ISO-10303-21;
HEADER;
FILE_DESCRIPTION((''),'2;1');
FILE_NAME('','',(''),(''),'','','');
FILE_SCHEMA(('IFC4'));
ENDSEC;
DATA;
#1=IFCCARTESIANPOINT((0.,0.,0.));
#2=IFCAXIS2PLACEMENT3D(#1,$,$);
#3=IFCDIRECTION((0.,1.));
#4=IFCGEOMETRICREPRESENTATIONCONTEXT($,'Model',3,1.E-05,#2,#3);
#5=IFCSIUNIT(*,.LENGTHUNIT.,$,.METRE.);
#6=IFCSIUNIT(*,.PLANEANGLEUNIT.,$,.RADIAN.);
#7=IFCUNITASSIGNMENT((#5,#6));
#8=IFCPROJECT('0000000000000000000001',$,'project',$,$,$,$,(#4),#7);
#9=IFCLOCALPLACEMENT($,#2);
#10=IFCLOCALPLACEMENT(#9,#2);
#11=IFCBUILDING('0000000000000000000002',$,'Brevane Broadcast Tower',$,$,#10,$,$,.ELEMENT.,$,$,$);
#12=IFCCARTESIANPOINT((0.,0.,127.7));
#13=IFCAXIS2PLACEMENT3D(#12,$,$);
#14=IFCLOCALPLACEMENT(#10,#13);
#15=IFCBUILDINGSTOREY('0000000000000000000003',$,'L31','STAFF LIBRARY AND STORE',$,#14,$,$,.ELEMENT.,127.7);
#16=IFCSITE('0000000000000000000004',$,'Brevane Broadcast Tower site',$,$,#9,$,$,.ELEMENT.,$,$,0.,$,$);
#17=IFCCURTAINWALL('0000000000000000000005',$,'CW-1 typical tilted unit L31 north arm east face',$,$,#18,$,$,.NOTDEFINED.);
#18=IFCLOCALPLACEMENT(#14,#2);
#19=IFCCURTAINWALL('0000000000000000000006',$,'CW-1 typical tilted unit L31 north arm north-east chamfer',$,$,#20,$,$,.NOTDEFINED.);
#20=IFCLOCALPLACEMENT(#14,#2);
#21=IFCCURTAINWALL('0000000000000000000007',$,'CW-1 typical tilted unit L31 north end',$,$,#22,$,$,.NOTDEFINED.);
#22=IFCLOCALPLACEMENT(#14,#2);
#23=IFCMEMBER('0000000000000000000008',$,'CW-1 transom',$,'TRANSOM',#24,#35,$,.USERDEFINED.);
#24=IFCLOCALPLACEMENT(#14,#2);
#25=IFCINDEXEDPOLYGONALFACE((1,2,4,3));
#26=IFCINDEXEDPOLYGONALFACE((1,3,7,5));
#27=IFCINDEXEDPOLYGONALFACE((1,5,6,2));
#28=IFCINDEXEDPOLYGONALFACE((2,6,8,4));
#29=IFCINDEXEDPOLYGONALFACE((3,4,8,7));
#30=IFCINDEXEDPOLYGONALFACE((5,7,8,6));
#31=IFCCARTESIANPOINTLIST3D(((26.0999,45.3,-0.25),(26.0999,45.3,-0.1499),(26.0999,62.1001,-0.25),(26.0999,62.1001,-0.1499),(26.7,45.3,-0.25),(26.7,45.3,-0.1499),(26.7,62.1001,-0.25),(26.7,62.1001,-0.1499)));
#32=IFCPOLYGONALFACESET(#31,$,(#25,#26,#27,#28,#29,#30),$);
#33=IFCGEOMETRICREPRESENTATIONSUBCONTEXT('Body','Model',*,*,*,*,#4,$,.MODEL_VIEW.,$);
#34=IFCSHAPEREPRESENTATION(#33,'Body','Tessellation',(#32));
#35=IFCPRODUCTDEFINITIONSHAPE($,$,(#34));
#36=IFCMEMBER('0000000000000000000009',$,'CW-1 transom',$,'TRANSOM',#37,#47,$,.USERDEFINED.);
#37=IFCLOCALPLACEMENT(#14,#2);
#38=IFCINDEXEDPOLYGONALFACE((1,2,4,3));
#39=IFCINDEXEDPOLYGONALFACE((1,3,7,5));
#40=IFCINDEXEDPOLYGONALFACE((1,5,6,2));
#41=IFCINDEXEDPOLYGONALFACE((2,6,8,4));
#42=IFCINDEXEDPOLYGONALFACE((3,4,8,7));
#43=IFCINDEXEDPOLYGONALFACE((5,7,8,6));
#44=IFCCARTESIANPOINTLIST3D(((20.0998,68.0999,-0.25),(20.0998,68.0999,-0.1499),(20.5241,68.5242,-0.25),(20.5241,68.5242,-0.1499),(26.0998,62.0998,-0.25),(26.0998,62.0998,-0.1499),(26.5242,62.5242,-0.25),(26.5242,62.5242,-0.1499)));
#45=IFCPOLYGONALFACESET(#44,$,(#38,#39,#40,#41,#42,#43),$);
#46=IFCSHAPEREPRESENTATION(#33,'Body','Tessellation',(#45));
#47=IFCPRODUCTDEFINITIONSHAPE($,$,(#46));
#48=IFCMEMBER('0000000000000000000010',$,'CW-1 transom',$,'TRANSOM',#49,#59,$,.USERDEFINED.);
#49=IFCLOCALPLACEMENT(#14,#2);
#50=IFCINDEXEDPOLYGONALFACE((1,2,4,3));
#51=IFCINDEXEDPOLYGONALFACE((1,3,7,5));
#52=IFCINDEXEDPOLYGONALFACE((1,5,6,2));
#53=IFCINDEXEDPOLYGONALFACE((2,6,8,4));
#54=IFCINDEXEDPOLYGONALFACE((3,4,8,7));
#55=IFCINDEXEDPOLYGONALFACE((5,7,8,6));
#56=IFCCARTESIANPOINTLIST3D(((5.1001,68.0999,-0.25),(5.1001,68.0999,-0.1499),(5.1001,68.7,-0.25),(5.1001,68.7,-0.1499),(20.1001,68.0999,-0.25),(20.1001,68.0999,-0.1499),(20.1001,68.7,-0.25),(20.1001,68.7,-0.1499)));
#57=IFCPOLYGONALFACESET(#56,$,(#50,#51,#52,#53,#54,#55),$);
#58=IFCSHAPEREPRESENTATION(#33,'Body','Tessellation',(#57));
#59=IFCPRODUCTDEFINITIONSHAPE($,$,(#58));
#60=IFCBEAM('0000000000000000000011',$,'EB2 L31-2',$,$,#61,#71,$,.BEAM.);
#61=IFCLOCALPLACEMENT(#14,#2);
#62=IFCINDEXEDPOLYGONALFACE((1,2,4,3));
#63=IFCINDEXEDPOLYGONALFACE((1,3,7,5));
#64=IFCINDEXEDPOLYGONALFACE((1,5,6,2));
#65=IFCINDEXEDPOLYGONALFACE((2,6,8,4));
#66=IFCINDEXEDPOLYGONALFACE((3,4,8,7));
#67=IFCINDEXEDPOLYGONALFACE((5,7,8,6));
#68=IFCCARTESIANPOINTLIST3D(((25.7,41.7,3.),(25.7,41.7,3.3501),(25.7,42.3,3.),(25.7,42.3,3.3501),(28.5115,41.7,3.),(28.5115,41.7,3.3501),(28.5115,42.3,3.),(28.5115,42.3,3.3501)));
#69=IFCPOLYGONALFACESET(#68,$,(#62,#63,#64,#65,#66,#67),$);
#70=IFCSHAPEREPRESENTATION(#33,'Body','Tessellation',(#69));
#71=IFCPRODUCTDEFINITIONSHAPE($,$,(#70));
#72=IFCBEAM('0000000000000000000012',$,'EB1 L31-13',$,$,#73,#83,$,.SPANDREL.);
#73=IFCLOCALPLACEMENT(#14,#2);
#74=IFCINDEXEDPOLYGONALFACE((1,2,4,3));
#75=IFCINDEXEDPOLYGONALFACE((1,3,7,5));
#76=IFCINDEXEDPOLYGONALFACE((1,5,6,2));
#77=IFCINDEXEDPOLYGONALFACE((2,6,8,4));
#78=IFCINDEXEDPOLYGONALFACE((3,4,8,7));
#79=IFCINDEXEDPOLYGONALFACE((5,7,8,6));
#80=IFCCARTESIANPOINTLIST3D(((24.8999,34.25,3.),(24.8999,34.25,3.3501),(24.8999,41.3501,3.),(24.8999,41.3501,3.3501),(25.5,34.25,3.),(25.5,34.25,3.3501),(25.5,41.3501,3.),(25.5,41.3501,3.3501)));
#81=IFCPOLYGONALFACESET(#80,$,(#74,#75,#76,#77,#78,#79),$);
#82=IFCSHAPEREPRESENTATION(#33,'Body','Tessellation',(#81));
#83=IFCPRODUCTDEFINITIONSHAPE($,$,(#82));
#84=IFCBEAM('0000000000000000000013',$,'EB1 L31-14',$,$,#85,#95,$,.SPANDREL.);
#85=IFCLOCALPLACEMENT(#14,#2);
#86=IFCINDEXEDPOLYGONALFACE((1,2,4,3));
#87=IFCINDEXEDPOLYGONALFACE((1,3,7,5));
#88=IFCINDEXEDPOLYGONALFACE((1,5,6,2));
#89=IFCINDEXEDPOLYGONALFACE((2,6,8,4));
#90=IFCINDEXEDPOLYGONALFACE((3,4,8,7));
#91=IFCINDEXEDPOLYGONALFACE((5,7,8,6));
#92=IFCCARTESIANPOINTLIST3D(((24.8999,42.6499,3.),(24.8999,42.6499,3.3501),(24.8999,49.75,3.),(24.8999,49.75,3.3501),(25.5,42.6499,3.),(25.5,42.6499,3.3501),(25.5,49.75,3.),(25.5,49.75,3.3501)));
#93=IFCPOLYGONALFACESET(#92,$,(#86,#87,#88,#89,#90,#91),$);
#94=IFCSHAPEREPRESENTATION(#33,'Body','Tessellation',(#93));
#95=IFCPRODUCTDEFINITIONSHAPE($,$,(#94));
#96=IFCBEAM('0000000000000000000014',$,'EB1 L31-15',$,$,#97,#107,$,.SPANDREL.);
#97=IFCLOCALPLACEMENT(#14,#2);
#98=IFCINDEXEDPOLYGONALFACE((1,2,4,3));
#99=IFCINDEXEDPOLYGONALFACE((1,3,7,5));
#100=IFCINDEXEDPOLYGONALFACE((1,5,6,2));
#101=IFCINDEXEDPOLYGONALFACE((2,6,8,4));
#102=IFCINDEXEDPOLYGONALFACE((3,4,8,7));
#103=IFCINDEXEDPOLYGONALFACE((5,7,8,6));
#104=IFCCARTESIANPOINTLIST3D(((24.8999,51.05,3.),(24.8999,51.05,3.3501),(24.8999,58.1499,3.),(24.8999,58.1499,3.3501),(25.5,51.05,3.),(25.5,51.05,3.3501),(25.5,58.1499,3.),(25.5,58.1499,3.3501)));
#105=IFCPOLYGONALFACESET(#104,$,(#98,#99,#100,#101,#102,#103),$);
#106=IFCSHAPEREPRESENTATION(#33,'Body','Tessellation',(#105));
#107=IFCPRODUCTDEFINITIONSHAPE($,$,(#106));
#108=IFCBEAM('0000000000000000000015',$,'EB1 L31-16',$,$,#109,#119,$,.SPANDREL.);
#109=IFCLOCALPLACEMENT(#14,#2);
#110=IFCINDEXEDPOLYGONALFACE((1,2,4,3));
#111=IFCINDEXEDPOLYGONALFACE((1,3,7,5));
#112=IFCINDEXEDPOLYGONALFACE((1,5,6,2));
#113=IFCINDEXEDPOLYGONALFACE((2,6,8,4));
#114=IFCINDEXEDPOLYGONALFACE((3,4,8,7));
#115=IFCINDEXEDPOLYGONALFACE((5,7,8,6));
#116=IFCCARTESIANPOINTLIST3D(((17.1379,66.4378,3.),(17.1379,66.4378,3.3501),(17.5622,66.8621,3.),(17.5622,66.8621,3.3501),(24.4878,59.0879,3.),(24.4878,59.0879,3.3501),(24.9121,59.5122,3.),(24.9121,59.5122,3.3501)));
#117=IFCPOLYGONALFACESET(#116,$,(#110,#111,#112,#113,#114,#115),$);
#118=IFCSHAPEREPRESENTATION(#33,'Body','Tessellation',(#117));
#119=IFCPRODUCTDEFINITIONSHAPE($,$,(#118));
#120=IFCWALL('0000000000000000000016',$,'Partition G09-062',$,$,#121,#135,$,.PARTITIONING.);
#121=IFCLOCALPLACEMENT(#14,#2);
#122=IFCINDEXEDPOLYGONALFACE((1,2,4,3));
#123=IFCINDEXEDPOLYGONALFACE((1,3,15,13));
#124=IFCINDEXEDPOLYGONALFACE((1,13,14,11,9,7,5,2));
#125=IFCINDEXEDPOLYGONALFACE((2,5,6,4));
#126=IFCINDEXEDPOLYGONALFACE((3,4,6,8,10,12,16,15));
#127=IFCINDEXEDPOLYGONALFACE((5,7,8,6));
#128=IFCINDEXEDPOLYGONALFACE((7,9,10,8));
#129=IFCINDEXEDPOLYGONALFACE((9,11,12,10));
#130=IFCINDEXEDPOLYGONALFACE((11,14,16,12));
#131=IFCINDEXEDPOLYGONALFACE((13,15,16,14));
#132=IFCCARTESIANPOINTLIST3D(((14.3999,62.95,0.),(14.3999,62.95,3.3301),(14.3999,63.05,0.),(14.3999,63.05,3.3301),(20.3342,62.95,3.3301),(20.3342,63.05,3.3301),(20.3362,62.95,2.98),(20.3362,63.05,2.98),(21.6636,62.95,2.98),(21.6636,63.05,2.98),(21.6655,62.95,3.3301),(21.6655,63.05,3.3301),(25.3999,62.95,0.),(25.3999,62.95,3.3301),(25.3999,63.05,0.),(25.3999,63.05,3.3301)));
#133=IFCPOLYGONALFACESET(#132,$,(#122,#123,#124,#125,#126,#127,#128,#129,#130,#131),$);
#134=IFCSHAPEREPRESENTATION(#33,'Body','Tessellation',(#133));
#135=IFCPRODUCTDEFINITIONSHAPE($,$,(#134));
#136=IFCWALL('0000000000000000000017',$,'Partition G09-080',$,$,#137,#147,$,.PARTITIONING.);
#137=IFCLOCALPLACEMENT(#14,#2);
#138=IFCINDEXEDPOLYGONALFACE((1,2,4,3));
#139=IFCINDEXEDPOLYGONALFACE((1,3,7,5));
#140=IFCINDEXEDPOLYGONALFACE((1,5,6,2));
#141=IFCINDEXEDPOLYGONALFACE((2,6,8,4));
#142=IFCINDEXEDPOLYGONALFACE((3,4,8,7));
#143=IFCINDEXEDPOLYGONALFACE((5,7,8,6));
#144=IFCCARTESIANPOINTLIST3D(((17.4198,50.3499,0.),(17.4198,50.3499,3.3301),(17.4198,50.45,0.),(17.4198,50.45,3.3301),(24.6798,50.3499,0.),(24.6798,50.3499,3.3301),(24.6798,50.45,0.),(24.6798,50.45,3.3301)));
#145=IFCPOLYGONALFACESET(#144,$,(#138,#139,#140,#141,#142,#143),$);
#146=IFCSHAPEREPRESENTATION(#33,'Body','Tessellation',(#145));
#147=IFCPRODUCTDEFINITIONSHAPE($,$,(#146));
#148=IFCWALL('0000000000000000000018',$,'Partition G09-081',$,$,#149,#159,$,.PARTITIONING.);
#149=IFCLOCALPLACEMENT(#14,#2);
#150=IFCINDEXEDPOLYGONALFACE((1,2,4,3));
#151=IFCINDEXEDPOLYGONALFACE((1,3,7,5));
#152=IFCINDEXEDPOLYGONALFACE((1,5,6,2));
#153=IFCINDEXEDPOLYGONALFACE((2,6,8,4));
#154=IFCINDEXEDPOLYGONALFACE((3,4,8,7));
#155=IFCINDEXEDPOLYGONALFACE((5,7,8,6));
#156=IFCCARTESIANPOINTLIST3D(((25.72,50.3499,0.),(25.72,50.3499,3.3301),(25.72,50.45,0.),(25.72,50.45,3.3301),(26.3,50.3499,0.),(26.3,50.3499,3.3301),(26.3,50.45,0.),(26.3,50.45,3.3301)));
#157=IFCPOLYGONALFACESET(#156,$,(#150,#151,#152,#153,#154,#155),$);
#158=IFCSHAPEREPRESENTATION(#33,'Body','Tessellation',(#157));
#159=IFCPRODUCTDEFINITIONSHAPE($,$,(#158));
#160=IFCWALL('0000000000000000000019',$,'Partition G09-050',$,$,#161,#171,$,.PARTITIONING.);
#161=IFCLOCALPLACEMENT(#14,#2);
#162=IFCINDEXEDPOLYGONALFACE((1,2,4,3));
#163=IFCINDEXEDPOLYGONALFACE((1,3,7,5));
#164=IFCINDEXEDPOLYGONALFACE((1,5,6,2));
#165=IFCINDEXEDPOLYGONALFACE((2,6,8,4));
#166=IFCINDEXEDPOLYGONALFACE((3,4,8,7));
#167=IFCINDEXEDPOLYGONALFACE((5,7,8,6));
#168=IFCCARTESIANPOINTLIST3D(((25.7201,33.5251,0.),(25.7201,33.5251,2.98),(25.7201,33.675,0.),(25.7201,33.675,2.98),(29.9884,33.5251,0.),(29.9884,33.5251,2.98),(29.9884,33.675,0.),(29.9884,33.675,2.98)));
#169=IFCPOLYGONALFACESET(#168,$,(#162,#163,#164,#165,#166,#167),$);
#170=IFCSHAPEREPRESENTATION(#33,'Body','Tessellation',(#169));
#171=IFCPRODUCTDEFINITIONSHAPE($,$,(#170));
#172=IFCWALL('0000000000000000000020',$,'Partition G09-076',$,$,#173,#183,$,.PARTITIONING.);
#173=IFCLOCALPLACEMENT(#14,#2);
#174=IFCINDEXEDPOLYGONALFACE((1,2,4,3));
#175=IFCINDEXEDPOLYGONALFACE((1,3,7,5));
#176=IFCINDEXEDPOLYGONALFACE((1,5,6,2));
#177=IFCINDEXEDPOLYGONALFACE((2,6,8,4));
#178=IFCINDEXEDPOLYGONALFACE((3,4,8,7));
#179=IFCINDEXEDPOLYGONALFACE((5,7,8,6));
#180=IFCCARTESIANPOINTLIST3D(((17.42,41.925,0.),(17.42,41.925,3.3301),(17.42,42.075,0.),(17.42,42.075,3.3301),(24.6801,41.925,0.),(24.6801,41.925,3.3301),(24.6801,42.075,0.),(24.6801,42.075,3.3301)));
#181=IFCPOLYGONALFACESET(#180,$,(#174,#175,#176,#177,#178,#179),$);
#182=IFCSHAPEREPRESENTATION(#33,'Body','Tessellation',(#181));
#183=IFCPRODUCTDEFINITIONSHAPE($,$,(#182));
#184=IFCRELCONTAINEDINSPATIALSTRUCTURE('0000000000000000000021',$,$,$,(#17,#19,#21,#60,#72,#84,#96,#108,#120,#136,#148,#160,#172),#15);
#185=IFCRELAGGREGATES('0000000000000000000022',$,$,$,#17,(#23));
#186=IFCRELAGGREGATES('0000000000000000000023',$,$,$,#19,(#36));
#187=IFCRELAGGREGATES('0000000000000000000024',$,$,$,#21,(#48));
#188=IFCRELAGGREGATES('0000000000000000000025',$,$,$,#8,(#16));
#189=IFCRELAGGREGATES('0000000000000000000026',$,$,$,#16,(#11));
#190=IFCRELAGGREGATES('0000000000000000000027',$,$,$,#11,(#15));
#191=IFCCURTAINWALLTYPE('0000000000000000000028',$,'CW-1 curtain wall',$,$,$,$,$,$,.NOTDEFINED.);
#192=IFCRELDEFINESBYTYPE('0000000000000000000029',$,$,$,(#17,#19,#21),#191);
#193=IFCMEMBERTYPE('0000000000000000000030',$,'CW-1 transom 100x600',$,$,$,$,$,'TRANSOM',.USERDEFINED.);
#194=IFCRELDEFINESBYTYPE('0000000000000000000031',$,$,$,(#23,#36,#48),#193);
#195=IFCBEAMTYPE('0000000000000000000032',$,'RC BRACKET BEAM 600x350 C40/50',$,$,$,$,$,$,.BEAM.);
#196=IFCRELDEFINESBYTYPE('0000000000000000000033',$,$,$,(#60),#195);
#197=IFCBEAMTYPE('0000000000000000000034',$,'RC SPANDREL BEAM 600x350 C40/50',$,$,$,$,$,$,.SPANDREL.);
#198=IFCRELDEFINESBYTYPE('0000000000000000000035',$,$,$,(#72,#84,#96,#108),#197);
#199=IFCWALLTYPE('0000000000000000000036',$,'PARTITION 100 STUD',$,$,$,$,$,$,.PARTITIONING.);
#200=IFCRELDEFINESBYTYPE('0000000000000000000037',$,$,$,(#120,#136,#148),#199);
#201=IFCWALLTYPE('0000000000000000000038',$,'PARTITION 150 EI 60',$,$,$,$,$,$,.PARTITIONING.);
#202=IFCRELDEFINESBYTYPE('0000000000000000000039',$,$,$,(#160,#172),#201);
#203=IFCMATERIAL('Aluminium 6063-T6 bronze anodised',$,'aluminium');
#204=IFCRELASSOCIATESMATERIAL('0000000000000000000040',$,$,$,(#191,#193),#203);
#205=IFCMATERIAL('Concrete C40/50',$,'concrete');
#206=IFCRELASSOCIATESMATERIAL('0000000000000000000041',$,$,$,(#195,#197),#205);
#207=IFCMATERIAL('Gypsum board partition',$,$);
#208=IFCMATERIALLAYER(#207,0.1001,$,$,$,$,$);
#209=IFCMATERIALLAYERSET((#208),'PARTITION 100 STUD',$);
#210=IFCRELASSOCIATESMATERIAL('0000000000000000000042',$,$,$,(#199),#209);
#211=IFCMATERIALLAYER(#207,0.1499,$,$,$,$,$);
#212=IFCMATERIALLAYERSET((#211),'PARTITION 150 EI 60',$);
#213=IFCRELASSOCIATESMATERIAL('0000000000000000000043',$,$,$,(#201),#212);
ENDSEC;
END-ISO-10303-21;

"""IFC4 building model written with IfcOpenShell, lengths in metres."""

from ifc_helpers import new_model, si_unit, direction, frame, frame_2d, origin, origin_2d, place, context, subcontext, project, spatial, polyline, rectangle, outline, extrude, material, layer, layer_set, material_profile, profile_set, type_object, element, aggregate, save


model = new_model("IFC4")

# Units and contexts
model_context = context("Model", 3, precision=1e-05, world=origin(), true_north=direction((0.0, 1.0)))
body_context = subcontext(model_context, "Body", "Model", "MODEL_VIEW")
ifc_project = project(units=[si_unit("LENGTHUNIT", "METRE"), si_unit("PLANEANGLEUNIT", "RADIAN")], contexts=[model_context])

# Site, building, storey
site_placement = place(None, origin())
site = spatial("IfcSite", under=ifc_project, at=site_placement, Name="Brevane Broadcast Tower site", CompositionType="ELEMENT", RefElevation=0.0)
building_placement = place(site_placement, origin())
building = spatial("IfcBuilding", under=site, at=building_placement, Name="Brevane Broadcast Tower", CompositionType="ELEMENT")
storey_placement = place(building_placement, frame((0.0, 0.0, 127.7)))
storey = spatial("IfcBuildingStorey", under=building, at=storey_placement, Name="L31", Description="STAFF LIBRARY AND STORE", CompositionType="ELEMENT", Elevation=127.7)

# Curtain walls
ifc_material_1 = material(Name="Aluminium 6063-T6 bronze anodised", Category="aluminium")
curtain_wall_type = type_object("IfcCurtainWallType", Name="CW-1 curtain wall", PredefinedType="NOTDEFINED", material=ifc_material_1)
curtain_wall_1_placement = place(storey_placement, origin())
curtain_wall_1 = element("IfcCurtainWall", 1, at=curtain_wall_1_placement, inside=storey, type_object=curtain_wall_type, Name="CW-1 typical tilted unit L31 north arm east face", PredefinedType="NOTDEFINED")
curtain_wall_2_placement = place(storey_placement, origin())
curtain_wall_2 = element("IfcCurtainWall", 2, at=curtain_wall_2_placement, inside=storey, type_object=curtain_wall_type, Name="CW-1 typical tilted unit L31 north arm north-east chamfer", PredefinedType="NOTDEFINED")

# Curtain wall
curtain_wall_3_placement = place(storey_placement, origin())
curtain_wall_3 = element("IfcCurtainWall", 3, at=curtain_wall_3_placement, inside=storey, type_object=curtain_wall_type, Name="CW-1 typical tilted unit L31 north end", PredefinedType="NOTDEFINED")

# Members
ifc_material_profile_1 = material_profile(ifc_material_1, rectangle(XDim=0.6001, YDim=0.1001, at=origin_2d()), Name="RECT 100x600")
ifc_profile_set_1 = profile_set([ifc_material_profile_1], Name="Aluminium 6063-T6 bronze anodised")
member_type_1 = type_object("IfcMemberType", Name="CW-1 transom 100x600", ElementType="TRANSOM", PredefinedType="USERDEFINED", material=ifc_profile_set_1)
member_1_placement = place(storey_placement, frame((26.3999, 45.3, -0.2), z_axis=(0.0, 1.0, 0.0), x_axis=(-1.0, 0.0, 0.0)))
member_1 = element("IfcMember", 4, at=member_1_placement, type_object=member_type_1, Name="CW-1 transom", ObjectType="TRANSOM", PredefinedType="USERDEFINED", context=body_context, shape_type="SweptSolid", body=[
    extrude(rectangle(XDim=0.6001, YDim=0.1001, at=origin_2d()), origin(), (0.0, 0.0, 1.0), 16.8),
])
aggregate(curtain_wall_1, [member_1])
member_2_placement = place(storey_placement, frame((26.312, 62.312, -0.2), z_axis=(-0.707107, 0.707107, 0.0), x_axis=(-0.707107, -0.707107, 0.0)))
member_2 = element("IfcMember", 5, at=member_2_placement, type_object=member_type_1, Name="CW-1 transom", ObjectType="TRANSOM", PredefinedType="USERDEFINED", context=body_context, shape_type="SweptSolid", body=[
    extrude(rectangle(XDim=0.6001, YDim=0.1001, at=origin_2d()), origin(), (0.0, 0.0, 1.0), 8.4854),
])
aggregate(curtain_wall_2, [member_2])
member_3_placement = place(storey_placement, frame((20.1001, 68.3999, -0.2), z_axis=(-1.0, 0.0, 0.0), x_axis=(0.0, -1.0, 0.0)))
member_3 = element("IfcMember", 6, at=member_3_placement, type_object=member_type_1, Name="CW-1 transom", ObjectType="TRANSOM", PredefinedType="USERDEFINED", context=body_context, shape_type="SweptSolid", body=[
    extrude(rectangle(XDim=0.6001, YDim=0.1001, at=origin_2d()), origin(), (0.0, 0.0, 1.0), 15.0),
])
aggregate(curtain_wall_3, [member_3])

# Beams
ifc_material_2 = material(Name="Concrete C40/50", Category="concrete")
ifc_material_profile_2 = material_profile(ifc_material_2, rectangle(XDim=0.6001, YDim=0.3501, at=origin_2d()), Name="RC 600x350")
ifc_profile_set_2 = profile_set([ifc_material_profile_2], Name="Concrete C40/50")
beam_type_1 = type_object("IfcBeamType", Name="RC BRACKET BEAM 600x350 C40/50", PredefinedType="BEAM", material=ifc_profile_set_2)
beam_1_placement = place(storey_placement, frame((25.7, 42.0, 3.175), z_axis=(1.0, 0.0, 0.0), x_axis=(0.0, 1.0, 0.0)))
element("IfcBeam", 7, at=beam_1_placement, inside=storey, type_object=beam_type_1, Name="EB2 L31-2", PredefinedType="BEAM", context=body_context, shape_type="SweptSolid", body=[
    extrude(rectangle(XDim=0.6001, YDim=0.3501, at=origin_2d()), origin(), (0.0, 0.0, 1.0), 2.8115),
])
ifc_material_profile_3 = material_profile(ifc_material_2, rectangle(XDim=0.6001, YDim=0.3501, at=origin_2d()), Name="RC 600x350")
ifc_profile_set_3 = profile_set([ifc_material_profile_3], Name="Concrete C40/50")
beam_type_2 = type_object("IfcBeamType", Name="RC SPANDREL BEAM 600x350 C40/50", PredefinedType="SPANDREL", material=ifc_profile_set_3)
for number, where, z_axis, x_axis, name in (
    (8, (25.2, 34.25, 3.175), (0.0, 1.0, 0.0), (-1.0, 0.0, 0.0), "EB1 L31-13"),
    (9, (25.2, 42.6499, 3.175), (0.0, 1.0, 0.0), (-1.0, 0.0, 0.0), "EB1 L31-14"),
):
    element("IfcBeam", number, at=place(storey_placement, frame(where, z_axis=z_axis, x_axis=x_axis)), inside=storey, type_object=beam_type_2, Name=name, PredefinedType="SPANDREL", context=body_context, shape_type="SweptSolid", body=[
        extrude(rectangle(XDim=0.6001, YDim=0.3501, at=origin_2d()), origin(), (0.0, 0.0, 1.0), 7.1001),
    ])
beam_2_placement = place(storey_placement, frame((25.2, 51.05, 3.175), z_axis=(0.0, 1.0, 0.0), x_axis=(-1.0, 0.0, 0.0)))
element("IfcBeam", 10, at=beam_2_placement, inside=storey, type_object=beam_type_2, Name="EB1 L31-15", PredefinedType="SPANDREL", context=body_context, shape_type="SweptSolid", body=[
    extrude(rectangle(XDim=0.6001, YDim=0.3501, at=origin_2d()), origin(), (0.0, 0.0, 1.0), 7.0999),
])
beam_3_placement = place(storey_placement, frame((24.7, 59.3, 3.175), z_axis=(-0.707107, 0.707107, 0.0), x_axis=(-0.707107, -0.707107, 0.0)))
element("IfcBeam", 11, at=beam_3_placement, inside=storey, type_object=beam_type_2, Name="EB1 L31-16", PredefinedType="SPANDREL", context=body_context, shape_type="SweptSolid", body=[
    extrude(rectangle(XDim=0.6001, YDim=0.3501, at=origin_2d()), origin(), (0.0, 0.0, 1.0), 10.3943),
])

# Walls
ifc_material_3 = material(Name="Gypsum board partition")
ifc_layer_1 = layer(ifc_material_3, 0.1001)
ifc_layer_set_1 = layer_set([ifc_layer_1], Name="PARTITION 100 STUD")
wall_type_1 = type_object("IfcWallType", Name="PARTITION 100 STUD", PredefinedType="PARTITIONING", material=ifc_layer_set_1)
wall_1_placement = place(storey_placement, frame((25.3999, 63.0, 0.0), z_axis=(0.0, 0.0, 1.0), x_axis=(-1.0, 0.0, 0.0)))
element("IfcWall", 12, at=wall_1_placement, inside=storey, type_object=wall_type_1, Name="Partition G09-062", PredefinedType="PARTITIONING", context=body_context, shape_type="SweptSolid", body=[
    extrude(outline(polyline([(0.0, 0.0), (11.0, 0.0), (11.0, 3.3301), (5.0657, 3.3301), (5.0637, 2.98), (3.7363, 2.98), (3.7344, 3.3301), (0.0, 3.3301), (0.0, 0.0)])), frame((0.0, 0.05, 0.0), z_axis=(0.0, -1.0, 0.0), x_axis=(1.0, 0.0, 0.0)), (0.0, 0.0, 1.0), 0.1001),
])
wall_2_placement = place(storey_placement, frame((17.4199, 50.3999, 0.0), z_axis=(0.0, 0.0, 1.0), x_axis=(1.0, 0.0, 0.0)))
element("IfcWall", 13, at=wall_2_placement, inside=storey, type_object=wall_type_1, Name="Partition G09-080", PredefinedType="PARTITIONING", context=body_context, shape_type="SweptSolid", body=[
    extrude(rectangle(XDim=7.26, YDim=0.1001, at=frame_2d((3.6299, 0.0))), origin(), (0.0, 0.0, 1.0), 3.3301),
])
wall_3_placement = place(storey_placement, frame((25.72, 50.3999, 0.0), z_axis=(0.0, 0.0, 1.0), x_axis=(1.0, 0.0, 0.0)))
element("IfcWall", 14, at=wall_3_placement, inside=storey, type_object=wall_type_1, Name="Partition G09-081", PredefinedType="PARTITIONING", context=body_context, shape_type="SweptSolid", body=[
    extrude(rectangle(XDim=0.5801, YDim=0.1001, at=frame_2d((0.29, 0.0))), origin(), (0.0, 0.0, 1.0), 3.3301),
])
ifc_layer_2 = layer(ifc_material_3, 0.1499)
ifc_layer_set_2 = layer_set([ifc_layer_2], Name="PARTITION 150 EI 60")
wall_type_2 = type_object("IfcWallType", Name="PARTITION 150 EI 60", PredefinedType="PARTITIONING", material=ifc_layer_set_2)
wall_4_placement = place(storey_placement, frame((25.72, 33.6001, 0.0), z_axis=(0.0, 0.0, 1.0), x_axis=(1.0, 0.0, 0.0)))
element("IfcWall", 15, at=wall_4_placement, inside=storey, type_object=wall_type_2, Name="Partition G09-050", PredefinedType="PARTITIONING", context=body_context, shape_type="SweptSolid", body=[
    extrude(rectangle(XDim=4.2683, YDim=0.1499, at=frame_2d((2.1343, 0.0))), origin(), (0.0, 0.0, 1.0), 2.98),
])
wall_5_placement = place(storey_placement, frame((24.6799, 42.0, 0.0), z_axis=(0.0, 0.0, 1.0), x_axis=(-1.0, 0.0, 0.0)))
element("IfcWall", 16, at=wall_5_placement, inside=storey, type_object=wall_type_2, Name="Partition G09-076", PredefinedType="PARTITIONING", context=body_context, shape_type="SweptSolid", body=[
    extrude(rectangle(XDim=7.26, YDim=0.1499, at=frame_2d((3.6299, 0.0))), origin(), (0.0, 0.0, 1.0), 3.3301),
])

save(model, "model.ifc")
